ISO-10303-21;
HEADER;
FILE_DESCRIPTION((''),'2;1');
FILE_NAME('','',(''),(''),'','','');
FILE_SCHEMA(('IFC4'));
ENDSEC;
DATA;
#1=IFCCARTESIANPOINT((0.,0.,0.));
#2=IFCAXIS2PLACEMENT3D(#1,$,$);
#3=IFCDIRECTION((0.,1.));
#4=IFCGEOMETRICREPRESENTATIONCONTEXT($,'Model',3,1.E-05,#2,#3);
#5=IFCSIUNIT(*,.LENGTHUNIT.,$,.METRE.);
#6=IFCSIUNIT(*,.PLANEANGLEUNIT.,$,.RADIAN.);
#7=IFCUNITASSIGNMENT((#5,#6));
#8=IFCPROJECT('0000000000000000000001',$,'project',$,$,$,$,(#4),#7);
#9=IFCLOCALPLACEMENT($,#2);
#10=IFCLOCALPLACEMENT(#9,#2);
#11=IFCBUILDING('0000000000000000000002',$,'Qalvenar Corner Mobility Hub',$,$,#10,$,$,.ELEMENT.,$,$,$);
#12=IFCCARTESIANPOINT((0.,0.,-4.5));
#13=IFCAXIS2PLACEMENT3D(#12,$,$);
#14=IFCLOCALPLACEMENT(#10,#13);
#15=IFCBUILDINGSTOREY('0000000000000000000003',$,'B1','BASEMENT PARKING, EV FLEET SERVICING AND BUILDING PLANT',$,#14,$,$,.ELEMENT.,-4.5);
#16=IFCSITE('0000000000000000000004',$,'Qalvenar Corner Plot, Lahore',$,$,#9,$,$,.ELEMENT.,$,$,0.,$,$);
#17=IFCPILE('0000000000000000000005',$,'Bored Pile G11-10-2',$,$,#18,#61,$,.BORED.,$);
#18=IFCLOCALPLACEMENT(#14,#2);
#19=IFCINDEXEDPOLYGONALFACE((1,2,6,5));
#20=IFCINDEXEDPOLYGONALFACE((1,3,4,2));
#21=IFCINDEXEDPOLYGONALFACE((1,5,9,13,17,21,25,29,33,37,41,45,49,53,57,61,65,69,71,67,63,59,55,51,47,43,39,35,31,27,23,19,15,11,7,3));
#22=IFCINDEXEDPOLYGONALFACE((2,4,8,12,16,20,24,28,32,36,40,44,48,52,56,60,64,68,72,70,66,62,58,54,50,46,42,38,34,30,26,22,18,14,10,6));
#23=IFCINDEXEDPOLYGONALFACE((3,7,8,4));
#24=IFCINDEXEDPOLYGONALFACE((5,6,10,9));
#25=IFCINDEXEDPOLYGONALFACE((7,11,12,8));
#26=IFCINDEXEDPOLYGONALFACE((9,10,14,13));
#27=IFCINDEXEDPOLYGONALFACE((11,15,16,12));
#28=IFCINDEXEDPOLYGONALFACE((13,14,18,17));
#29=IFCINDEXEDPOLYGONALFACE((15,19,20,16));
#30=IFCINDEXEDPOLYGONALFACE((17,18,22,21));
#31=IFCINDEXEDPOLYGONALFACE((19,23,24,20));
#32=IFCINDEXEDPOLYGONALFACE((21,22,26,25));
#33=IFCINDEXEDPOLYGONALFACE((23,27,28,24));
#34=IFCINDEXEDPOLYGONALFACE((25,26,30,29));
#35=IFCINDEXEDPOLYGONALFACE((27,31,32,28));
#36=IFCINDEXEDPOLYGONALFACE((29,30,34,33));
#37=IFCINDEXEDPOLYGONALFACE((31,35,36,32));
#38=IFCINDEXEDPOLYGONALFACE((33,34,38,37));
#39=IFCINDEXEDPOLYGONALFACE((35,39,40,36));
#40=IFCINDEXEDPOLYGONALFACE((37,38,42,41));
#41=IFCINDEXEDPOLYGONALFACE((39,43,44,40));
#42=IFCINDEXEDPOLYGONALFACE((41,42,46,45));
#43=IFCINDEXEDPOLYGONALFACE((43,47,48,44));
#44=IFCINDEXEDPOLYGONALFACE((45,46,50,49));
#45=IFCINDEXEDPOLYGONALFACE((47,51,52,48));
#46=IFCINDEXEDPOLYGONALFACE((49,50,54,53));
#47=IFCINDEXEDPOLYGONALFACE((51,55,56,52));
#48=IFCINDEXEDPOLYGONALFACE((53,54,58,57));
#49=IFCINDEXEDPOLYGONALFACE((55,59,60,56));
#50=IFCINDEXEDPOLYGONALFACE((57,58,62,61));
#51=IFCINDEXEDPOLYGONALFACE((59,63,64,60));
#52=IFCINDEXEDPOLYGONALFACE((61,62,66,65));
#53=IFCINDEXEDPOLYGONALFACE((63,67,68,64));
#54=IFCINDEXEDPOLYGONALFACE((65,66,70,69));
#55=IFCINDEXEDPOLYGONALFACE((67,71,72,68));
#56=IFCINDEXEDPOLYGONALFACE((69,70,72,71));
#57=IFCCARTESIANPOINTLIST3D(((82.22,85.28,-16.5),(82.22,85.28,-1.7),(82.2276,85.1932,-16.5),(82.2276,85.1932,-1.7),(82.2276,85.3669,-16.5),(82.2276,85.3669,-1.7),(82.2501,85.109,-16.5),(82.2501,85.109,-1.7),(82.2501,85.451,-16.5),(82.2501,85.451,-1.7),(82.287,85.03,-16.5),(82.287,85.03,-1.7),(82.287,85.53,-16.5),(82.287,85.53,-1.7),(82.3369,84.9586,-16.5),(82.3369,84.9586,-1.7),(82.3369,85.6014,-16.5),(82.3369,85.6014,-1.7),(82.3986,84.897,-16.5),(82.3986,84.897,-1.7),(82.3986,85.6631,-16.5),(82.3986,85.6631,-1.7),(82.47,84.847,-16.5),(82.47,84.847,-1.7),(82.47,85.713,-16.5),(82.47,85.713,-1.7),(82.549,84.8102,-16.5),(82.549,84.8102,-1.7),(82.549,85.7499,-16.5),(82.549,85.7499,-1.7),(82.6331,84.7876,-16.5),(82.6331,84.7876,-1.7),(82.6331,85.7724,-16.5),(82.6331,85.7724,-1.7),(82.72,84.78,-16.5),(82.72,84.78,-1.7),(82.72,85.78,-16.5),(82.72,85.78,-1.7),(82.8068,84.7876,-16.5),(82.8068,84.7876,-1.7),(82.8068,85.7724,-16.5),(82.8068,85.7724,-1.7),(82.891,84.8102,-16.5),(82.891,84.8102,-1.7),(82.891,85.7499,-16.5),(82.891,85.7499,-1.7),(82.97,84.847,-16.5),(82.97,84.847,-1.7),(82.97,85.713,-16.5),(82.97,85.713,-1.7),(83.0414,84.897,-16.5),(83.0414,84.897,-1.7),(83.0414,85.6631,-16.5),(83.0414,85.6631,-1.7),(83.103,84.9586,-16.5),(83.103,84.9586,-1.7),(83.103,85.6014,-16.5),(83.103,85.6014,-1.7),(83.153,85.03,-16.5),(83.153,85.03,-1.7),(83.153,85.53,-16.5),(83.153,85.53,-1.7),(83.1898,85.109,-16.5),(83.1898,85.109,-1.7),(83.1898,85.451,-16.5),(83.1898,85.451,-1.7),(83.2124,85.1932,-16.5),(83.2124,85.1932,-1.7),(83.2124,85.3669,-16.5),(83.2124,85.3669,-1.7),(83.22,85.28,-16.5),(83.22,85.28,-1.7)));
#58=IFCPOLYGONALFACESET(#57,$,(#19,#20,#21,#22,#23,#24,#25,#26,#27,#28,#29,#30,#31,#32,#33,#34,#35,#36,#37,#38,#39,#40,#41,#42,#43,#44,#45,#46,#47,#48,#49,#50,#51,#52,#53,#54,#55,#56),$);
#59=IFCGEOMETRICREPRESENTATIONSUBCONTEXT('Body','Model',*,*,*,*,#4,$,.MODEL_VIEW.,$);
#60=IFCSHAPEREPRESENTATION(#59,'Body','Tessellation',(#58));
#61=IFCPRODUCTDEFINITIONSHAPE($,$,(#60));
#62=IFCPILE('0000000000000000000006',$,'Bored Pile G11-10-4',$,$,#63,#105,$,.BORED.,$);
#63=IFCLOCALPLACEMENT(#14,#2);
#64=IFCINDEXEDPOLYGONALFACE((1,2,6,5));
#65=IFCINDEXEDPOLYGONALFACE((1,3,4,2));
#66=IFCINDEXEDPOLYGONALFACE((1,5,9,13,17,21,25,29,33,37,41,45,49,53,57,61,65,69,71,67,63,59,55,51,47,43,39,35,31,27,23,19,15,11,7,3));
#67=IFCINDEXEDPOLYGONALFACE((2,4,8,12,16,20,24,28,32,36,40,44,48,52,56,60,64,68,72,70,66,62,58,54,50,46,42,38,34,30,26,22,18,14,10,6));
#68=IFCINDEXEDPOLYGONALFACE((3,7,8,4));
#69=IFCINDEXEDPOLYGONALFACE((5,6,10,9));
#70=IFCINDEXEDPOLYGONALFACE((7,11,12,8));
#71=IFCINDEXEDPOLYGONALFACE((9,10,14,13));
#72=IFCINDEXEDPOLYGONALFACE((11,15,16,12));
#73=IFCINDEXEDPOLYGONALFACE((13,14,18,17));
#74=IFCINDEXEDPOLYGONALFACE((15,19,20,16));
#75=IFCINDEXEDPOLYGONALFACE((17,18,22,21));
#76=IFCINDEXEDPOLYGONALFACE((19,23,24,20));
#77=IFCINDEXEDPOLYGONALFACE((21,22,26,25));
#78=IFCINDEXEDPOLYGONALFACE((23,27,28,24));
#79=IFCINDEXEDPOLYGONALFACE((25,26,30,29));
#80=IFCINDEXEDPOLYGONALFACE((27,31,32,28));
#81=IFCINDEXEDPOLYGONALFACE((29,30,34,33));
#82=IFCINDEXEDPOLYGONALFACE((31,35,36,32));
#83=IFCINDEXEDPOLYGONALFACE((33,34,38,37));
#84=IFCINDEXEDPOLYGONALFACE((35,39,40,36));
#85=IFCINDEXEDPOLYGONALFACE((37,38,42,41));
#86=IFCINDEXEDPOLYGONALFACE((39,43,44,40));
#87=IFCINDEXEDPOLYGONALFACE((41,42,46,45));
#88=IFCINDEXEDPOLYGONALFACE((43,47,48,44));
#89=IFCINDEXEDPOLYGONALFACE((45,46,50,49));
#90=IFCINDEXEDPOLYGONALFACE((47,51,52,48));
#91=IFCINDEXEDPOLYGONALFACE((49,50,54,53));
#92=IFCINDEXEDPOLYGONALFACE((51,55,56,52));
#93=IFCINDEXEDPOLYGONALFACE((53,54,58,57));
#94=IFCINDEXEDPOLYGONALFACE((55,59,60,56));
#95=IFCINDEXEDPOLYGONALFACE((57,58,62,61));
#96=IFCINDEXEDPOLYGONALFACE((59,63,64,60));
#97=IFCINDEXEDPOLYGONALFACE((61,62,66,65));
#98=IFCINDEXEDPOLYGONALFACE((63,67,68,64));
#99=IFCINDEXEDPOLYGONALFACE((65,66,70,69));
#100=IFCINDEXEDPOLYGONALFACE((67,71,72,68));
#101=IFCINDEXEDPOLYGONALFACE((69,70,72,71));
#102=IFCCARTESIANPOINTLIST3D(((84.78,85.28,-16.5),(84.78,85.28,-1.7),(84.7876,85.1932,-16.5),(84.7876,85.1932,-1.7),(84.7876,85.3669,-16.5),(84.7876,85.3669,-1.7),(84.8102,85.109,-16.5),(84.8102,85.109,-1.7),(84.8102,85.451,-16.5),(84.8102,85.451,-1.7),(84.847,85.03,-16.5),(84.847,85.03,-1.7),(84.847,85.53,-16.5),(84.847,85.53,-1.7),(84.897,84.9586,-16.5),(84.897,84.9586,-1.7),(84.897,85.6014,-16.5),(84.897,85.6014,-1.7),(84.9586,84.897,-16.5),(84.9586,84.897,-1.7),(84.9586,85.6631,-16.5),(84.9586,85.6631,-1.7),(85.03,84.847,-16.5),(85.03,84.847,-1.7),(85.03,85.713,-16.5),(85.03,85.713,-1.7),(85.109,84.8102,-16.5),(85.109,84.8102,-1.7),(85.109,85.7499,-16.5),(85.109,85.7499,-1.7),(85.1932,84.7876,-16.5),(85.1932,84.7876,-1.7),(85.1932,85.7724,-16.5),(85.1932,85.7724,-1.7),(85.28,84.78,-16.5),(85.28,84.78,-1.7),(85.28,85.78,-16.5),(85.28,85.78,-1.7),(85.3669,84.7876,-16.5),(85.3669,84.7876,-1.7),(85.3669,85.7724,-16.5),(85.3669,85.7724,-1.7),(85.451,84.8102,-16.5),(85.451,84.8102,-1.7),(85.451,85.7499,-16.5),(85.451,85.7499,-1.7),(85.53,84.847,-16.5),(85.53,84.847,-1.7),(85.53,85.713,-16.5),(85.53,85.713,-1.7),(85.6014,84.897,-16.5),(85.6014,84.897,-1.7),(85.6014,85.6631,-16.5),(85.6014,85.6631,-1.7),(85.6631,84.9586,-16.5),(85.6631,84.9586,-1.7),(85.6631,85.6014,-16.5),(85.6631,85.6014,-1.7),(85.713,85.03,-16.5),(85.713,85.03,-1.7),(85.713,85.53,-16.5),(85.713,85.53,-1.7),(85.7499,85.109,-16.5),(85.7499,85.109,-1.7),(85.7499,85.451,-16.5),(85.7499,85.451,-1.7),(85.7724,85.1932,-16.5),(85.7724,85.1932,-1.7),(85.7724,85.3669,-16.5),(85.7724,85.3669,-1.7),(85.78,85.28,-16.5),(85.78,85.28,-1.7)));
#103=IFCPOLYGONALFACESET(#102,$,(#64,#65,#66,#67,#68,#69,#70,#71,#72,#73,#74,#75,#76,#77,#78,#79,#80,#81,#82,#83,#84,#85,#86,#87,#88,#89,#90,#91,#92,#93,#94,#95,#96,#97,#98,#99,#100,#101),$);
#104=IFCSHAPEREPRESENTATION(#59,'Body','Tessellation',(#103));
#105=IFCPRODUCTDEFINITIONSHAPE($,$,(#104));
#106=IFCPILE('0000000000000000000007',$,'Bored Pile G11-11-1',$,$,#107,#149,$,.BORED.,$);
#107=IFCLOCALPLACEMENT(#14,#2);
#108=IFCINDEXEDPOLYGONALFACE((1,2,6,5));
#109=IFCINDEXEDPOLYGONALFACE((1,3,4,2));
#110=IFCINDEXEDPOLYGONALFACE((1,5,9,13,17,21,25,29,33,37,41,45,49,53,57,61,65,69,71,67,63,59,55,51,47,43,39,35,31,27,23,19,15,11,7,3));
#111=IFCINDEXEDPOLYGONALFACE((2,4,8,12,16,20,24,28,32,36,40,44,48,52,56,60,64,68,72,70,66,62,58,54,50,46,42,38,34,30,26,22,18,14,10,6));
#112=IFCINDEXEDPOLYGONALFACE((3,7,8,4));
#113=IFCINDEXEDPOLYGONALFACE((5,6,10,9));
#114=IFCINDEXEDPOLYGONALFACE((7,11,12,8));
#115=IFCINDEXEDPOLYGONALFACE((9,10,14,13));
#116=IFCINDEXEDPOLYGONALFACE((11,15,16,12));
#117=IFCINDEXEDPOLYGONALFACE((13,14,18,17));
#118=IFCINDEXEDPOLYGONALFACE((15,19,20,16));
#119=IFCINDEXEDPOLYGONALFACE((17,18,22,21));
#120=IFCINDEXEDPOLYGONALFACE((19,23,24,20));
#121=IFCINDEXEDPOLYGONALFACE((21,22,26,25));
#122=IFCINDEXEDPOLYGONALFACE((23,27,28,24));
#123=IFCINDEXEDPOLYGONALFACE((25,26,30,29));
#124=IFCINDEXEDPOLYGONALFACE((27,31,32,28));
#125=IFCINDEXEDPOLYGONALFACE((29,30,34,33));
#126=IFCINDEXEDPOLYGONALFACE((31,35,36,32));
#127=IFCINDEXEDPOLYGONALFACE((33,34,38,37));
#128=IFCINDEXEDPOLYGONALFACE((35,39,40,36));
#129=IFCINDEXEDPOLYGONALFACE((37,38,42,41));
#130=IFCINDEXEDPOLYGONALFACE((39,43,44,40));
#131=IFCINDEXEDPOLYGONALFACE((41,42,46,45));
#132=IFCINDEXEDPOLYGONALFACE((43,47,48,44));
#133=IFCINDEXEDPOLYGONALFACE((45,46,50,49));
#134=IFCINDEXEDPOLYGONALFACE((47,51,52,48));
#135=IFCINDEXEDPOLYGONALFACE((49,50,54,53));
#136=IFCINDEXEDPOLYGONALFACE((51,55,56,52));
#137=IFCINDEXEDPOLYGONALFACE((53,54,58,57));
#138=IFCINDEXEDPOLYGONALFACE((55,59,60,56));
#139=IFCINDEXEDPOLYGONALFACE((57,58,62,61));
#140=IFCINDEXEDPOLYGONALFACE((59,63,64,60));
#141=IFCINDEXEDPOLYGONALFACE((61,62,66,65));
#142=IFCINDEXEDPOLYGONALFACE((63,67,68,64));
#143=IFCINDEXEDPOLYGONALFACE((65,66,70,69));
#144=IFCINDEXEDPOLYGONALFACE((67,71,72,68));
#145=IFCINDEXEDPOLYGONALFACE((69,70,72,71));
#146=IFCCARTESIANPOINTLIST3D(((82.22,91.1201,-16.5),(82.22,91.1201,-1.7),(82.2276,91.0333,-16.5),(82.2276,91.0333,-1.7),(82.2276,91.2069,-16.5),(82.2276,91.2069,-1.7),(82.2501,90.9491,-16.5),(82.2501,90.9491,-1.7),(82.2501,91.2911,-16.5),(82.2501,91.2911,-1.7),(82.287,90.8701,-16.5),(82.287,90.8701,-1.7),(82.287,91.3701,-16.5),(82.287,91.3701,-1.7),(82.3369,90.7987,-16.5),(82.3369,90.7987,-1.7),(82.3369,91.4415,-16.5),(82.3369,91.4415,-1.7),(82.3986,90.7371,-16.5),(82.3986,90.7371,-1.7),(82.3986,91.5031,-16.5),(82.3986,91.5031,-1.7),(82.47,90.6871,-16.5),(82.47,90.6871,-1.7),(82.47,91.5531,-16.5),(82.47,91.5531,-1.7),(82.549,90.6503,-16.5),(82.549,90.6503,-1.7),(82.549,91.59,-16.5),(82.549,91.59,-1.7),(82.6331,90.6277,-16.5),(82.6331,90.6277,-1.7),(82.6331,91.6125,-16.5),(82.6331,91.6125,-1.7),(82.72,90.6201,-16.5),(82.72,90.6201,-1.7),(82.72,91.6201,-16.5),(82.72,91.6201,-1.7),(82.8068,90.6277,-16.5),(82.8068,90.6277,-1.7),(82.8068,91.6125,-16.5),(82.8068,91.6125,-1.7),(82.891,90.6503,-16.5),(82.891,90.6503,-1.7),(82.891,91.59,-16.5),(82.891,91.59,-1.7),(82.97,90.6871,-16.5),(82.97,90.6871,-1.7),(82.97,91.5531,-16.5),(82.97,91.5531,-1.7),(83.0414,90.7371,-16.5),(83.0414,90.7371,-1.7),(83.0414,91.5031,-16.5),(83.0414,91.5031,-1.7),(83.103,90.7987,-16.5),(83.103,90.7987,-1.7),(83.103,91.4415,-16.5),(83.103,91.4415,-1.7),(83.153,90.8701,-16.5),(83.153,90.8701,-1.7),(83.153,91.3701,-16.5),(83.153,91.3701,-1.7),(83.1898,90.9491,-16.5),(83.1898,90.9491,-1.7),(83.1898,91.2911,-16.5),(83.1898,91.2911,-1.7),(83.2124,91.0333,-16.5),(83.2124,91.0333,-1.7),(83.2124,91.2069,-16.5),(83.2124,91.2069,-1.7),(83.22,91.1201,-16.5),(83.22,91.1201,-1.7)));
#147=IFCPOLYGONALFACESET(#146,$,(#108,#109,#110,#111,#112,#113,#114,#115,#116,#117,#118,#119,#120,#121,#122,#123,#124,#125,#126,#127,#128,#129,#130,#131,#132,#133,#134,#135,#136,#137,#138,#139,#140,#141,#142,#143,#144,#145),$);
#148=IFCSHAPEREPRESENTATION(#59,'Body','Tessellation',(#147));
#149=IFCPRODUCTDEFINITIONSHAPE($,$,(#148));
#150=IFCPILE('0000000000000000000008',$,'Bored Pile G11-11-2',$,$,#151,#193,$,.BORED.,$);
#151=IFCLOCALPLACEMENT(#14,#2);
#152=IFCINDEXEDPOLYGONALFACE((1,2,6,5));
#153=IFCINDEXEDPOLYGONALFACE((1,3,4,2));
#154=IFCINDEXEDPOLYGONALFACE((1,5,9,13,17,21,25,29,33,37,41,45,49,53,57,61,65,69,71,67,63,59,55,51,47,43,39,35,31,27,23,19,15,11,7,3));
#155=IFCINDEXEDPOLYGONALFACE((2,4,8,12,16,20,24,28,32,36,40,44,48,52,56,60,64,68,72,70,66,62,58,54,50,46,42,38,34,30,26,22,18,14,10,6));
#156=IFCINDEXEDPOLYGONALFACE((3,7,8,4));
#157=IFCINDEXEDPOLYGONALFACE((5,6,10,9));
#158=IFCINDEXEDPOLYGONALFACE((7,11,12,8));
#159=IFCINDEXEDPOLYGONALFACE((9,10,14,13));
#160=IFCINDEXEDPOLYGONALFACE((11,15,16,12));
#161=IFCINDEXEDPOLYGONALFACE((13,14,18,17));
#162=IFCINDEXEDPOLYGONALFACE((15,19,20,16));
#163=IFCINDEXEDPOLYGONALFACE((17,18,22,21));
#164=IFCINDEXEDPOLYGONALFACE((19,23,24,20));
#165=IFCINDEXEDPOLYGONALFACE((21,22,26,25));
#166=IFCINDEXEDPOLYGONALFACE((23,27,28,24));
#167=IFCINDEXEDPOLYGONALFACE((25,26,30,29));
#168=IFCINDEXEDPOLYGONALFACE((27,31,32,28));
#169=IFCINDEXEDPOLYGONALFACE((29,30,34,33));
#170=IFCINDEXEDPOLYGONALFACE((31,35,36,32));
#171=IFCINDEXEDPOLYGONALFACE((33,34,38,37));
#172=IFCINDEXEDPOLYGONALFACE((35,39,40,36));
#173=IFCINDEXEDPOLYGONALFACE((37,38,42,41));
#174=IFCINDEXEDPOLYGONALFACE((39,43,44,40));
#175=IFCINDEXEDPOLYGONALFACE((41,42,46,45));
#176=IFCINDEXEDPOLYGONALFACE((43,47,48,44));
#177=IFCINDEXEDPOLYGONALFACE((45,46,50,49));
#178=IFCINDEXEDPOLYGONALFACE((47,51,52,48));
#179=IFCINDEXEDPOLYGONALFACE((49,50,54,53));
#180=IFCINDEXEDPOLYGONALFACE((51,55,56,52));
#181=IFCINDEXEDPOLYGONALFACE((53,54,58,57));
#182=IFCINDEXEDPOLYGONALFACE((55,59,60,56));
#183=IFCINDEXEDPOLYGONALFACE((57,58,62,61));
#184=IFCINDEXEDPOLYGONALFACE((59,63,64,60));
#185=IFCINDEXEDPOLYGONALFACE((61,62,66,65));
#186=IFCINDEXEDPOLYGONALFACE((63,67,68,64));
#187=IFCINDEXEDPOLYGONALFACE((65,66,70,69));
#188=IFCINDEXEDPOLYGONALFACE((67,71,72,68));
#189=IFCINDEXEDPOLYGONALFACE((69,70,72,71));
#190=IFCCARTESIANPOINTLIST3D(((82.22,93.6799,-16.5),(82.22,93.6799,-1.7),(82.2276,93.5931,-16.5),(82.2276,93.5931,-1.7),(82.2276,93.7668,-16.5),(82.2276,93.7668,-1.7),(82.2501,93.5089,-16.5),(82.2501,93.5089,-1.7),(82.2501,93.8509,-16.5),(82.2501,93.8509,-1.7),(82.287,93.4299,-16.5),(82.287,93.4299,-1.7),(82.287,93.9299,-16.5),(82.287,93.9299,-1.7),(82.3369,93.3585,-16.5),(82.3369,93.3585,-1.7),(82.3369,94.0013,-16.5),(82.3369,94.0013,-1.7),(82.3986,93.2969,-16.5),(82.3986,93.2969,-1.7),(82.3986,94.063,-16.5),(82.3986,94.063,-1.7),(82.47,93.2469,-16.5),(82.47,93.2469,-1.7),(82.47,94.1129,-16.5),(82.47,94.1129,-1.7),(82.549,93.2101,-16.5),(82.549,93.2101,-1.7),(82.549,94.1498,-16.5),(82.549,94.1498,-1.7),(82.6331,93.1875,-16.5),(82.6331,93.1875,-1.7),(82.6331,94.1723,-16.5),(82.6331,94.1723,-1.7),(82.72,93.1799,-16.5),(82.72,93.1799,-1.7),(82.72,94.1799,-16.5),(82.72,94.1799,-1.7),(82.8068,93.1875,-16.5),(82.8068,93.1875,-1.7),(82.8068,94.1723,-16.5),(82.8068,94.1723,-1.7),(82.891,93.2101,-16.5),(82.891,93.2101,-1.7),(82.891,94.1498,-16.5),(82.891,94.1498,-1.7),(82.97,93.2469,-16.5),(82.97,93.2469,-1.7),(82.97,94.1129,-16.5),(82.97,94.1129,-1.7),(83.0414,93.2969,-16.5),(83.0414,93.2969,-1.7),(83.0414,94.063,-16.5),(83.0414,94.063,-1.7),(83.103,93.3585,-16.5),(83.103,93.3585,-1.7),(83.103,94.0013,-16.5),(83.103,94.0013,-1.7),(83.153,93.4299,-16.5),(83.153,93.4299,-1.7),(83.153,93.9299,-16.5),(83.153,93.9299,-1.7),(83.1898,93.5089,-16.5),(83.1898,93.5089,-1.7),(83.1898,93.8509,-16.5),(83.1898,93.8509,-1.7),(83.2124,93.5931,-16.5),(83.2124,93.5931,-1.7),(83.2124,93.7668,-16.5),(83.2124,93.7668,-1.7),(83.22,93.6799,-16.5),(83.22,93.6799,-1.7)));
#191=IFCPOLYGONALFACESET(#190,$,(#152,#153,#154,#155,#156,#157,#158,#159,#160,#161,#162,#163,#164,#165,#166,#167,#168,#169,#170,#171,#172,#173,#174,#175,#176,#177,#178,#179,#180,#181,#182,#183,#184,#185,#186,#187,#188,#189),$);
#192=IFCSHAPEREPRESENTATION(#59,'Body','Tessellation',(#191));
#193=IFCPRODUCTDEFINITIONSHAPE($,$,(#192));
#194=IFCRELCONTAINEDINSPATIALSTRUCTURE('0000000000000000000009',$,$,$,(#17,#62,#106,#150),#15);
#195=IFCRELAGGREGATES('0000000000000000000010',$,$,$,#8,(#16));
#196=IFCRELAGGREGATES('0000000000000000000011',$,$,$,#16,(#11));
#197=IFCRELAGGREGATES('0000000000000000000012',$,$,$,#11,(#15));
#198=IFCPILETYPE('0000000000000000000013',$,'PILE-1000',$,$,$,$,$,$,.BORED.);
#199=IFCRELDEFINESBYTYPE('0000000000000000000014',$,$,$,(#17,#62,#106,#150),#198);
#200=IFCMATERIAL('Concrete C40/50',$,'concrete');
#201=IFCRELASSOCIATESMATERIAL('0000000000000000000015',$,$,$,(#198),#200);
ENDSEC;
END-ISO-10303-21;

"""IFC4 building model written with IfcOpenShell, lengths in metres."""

from ifc_helpers import new_model, si_unit, direction, frame, origin, origin_2d, place, context, subcontext, project, spatial, circle, extrude, material, material_profile, profile_set, type_object, element, save


model = new_model("IFC4")

# Units and contexts
model_context = context("Model", 3, precision=1e-05, world=origin(), true_north=direction((0.0, 1.0)))
body_context = subcontext(model_context, "Body", "Model", "MODEL_VIEW")
ifc_project = project(units=[si_unit("LENGTHUNIT", "METRE"), si_unit("PLANEANGLEUNIT", "RADIAN")], contexts=[model_context])

# Site, building, storey
site_placement = place(None, origin())
site = spatial("IfcSite", under=ifc_project, at=site_placement, Name="Qalvenar Corner Plot, Lahore", CompositionType="ELEMENT", RefElevation=0.0)
building_placement = place(site_placement, origin())
building = spatial("IfcBuilding", under=site, at=building_placement, Name="Qalvenar Corner Mobility Hub", CompositionType="ELEMENT")
storey_placement = place(building_placement, frame((0.0, 0.0, -4.5)))
storey = spatial("IfcBuildingStorey", under=building, at=storey_placement, Name="B1", Description="BASEMENT PARKING, EV FLEET SERVICING AND BUILDING PLANT", CompositionType="ELEMENT", Elevation=-4.5)

# Shared definitions
ifc_material_1 = material(Name="Concrete C40/50", Category="concrete")

# Piles
ifc_material_profile_1 = material_profile(ifc_material_1, circle(Radius=0.5, at=origin_2d()), Name="DIA1000")
ifc_profile_set_1 = profile_set([ifc_material_profile_1], Name="Concrete C40/50")
pile_type = type_object("IfcPileType", Name="PILE-1000", PredefinedType="BORED", material=ifc_profile_set_1)
for number, where, z_axis, x_axis, name in (
    (1, (82.72, 85.28, -1.7), (0.0, 0.0, -1.0), (1.0, 0.0, 0.0), "Bored Pile G11-10-2"),
    (2, (85.28, 85.28, -1.7), (0.0, 0.0, -1.0), (1.0, 0.0, 0.0), "Bored Pile G11-10-4"),
    (3, (82.72, 91.1201, -1.7), (0.0, 0.0, -1.0), (1.0, 0.0, 0.0), "Bored Pile G11-11-1"),
    (4, (82.72, 93.6799, -1.7), (0.0, 0.0, -1.0), (1.0, 0.0, 0.0), "Bored Pile G11-11-2"),
):
    element("IfcPile", number, at=place(storey_placement, frame(where, z_axis=z_axis, x_axis=x_axis)), inside=storey, type_object=pile_type, Name=name, PredefinedType="BORED", context=body_context, shape_type="SweptSolid", body=[
        extrude(circle(Radius=0.5, at=origin_2d()), origin(), (0.0, 0.0, 1.0), 14.8),
    ])

save(model, "model.ifc")
